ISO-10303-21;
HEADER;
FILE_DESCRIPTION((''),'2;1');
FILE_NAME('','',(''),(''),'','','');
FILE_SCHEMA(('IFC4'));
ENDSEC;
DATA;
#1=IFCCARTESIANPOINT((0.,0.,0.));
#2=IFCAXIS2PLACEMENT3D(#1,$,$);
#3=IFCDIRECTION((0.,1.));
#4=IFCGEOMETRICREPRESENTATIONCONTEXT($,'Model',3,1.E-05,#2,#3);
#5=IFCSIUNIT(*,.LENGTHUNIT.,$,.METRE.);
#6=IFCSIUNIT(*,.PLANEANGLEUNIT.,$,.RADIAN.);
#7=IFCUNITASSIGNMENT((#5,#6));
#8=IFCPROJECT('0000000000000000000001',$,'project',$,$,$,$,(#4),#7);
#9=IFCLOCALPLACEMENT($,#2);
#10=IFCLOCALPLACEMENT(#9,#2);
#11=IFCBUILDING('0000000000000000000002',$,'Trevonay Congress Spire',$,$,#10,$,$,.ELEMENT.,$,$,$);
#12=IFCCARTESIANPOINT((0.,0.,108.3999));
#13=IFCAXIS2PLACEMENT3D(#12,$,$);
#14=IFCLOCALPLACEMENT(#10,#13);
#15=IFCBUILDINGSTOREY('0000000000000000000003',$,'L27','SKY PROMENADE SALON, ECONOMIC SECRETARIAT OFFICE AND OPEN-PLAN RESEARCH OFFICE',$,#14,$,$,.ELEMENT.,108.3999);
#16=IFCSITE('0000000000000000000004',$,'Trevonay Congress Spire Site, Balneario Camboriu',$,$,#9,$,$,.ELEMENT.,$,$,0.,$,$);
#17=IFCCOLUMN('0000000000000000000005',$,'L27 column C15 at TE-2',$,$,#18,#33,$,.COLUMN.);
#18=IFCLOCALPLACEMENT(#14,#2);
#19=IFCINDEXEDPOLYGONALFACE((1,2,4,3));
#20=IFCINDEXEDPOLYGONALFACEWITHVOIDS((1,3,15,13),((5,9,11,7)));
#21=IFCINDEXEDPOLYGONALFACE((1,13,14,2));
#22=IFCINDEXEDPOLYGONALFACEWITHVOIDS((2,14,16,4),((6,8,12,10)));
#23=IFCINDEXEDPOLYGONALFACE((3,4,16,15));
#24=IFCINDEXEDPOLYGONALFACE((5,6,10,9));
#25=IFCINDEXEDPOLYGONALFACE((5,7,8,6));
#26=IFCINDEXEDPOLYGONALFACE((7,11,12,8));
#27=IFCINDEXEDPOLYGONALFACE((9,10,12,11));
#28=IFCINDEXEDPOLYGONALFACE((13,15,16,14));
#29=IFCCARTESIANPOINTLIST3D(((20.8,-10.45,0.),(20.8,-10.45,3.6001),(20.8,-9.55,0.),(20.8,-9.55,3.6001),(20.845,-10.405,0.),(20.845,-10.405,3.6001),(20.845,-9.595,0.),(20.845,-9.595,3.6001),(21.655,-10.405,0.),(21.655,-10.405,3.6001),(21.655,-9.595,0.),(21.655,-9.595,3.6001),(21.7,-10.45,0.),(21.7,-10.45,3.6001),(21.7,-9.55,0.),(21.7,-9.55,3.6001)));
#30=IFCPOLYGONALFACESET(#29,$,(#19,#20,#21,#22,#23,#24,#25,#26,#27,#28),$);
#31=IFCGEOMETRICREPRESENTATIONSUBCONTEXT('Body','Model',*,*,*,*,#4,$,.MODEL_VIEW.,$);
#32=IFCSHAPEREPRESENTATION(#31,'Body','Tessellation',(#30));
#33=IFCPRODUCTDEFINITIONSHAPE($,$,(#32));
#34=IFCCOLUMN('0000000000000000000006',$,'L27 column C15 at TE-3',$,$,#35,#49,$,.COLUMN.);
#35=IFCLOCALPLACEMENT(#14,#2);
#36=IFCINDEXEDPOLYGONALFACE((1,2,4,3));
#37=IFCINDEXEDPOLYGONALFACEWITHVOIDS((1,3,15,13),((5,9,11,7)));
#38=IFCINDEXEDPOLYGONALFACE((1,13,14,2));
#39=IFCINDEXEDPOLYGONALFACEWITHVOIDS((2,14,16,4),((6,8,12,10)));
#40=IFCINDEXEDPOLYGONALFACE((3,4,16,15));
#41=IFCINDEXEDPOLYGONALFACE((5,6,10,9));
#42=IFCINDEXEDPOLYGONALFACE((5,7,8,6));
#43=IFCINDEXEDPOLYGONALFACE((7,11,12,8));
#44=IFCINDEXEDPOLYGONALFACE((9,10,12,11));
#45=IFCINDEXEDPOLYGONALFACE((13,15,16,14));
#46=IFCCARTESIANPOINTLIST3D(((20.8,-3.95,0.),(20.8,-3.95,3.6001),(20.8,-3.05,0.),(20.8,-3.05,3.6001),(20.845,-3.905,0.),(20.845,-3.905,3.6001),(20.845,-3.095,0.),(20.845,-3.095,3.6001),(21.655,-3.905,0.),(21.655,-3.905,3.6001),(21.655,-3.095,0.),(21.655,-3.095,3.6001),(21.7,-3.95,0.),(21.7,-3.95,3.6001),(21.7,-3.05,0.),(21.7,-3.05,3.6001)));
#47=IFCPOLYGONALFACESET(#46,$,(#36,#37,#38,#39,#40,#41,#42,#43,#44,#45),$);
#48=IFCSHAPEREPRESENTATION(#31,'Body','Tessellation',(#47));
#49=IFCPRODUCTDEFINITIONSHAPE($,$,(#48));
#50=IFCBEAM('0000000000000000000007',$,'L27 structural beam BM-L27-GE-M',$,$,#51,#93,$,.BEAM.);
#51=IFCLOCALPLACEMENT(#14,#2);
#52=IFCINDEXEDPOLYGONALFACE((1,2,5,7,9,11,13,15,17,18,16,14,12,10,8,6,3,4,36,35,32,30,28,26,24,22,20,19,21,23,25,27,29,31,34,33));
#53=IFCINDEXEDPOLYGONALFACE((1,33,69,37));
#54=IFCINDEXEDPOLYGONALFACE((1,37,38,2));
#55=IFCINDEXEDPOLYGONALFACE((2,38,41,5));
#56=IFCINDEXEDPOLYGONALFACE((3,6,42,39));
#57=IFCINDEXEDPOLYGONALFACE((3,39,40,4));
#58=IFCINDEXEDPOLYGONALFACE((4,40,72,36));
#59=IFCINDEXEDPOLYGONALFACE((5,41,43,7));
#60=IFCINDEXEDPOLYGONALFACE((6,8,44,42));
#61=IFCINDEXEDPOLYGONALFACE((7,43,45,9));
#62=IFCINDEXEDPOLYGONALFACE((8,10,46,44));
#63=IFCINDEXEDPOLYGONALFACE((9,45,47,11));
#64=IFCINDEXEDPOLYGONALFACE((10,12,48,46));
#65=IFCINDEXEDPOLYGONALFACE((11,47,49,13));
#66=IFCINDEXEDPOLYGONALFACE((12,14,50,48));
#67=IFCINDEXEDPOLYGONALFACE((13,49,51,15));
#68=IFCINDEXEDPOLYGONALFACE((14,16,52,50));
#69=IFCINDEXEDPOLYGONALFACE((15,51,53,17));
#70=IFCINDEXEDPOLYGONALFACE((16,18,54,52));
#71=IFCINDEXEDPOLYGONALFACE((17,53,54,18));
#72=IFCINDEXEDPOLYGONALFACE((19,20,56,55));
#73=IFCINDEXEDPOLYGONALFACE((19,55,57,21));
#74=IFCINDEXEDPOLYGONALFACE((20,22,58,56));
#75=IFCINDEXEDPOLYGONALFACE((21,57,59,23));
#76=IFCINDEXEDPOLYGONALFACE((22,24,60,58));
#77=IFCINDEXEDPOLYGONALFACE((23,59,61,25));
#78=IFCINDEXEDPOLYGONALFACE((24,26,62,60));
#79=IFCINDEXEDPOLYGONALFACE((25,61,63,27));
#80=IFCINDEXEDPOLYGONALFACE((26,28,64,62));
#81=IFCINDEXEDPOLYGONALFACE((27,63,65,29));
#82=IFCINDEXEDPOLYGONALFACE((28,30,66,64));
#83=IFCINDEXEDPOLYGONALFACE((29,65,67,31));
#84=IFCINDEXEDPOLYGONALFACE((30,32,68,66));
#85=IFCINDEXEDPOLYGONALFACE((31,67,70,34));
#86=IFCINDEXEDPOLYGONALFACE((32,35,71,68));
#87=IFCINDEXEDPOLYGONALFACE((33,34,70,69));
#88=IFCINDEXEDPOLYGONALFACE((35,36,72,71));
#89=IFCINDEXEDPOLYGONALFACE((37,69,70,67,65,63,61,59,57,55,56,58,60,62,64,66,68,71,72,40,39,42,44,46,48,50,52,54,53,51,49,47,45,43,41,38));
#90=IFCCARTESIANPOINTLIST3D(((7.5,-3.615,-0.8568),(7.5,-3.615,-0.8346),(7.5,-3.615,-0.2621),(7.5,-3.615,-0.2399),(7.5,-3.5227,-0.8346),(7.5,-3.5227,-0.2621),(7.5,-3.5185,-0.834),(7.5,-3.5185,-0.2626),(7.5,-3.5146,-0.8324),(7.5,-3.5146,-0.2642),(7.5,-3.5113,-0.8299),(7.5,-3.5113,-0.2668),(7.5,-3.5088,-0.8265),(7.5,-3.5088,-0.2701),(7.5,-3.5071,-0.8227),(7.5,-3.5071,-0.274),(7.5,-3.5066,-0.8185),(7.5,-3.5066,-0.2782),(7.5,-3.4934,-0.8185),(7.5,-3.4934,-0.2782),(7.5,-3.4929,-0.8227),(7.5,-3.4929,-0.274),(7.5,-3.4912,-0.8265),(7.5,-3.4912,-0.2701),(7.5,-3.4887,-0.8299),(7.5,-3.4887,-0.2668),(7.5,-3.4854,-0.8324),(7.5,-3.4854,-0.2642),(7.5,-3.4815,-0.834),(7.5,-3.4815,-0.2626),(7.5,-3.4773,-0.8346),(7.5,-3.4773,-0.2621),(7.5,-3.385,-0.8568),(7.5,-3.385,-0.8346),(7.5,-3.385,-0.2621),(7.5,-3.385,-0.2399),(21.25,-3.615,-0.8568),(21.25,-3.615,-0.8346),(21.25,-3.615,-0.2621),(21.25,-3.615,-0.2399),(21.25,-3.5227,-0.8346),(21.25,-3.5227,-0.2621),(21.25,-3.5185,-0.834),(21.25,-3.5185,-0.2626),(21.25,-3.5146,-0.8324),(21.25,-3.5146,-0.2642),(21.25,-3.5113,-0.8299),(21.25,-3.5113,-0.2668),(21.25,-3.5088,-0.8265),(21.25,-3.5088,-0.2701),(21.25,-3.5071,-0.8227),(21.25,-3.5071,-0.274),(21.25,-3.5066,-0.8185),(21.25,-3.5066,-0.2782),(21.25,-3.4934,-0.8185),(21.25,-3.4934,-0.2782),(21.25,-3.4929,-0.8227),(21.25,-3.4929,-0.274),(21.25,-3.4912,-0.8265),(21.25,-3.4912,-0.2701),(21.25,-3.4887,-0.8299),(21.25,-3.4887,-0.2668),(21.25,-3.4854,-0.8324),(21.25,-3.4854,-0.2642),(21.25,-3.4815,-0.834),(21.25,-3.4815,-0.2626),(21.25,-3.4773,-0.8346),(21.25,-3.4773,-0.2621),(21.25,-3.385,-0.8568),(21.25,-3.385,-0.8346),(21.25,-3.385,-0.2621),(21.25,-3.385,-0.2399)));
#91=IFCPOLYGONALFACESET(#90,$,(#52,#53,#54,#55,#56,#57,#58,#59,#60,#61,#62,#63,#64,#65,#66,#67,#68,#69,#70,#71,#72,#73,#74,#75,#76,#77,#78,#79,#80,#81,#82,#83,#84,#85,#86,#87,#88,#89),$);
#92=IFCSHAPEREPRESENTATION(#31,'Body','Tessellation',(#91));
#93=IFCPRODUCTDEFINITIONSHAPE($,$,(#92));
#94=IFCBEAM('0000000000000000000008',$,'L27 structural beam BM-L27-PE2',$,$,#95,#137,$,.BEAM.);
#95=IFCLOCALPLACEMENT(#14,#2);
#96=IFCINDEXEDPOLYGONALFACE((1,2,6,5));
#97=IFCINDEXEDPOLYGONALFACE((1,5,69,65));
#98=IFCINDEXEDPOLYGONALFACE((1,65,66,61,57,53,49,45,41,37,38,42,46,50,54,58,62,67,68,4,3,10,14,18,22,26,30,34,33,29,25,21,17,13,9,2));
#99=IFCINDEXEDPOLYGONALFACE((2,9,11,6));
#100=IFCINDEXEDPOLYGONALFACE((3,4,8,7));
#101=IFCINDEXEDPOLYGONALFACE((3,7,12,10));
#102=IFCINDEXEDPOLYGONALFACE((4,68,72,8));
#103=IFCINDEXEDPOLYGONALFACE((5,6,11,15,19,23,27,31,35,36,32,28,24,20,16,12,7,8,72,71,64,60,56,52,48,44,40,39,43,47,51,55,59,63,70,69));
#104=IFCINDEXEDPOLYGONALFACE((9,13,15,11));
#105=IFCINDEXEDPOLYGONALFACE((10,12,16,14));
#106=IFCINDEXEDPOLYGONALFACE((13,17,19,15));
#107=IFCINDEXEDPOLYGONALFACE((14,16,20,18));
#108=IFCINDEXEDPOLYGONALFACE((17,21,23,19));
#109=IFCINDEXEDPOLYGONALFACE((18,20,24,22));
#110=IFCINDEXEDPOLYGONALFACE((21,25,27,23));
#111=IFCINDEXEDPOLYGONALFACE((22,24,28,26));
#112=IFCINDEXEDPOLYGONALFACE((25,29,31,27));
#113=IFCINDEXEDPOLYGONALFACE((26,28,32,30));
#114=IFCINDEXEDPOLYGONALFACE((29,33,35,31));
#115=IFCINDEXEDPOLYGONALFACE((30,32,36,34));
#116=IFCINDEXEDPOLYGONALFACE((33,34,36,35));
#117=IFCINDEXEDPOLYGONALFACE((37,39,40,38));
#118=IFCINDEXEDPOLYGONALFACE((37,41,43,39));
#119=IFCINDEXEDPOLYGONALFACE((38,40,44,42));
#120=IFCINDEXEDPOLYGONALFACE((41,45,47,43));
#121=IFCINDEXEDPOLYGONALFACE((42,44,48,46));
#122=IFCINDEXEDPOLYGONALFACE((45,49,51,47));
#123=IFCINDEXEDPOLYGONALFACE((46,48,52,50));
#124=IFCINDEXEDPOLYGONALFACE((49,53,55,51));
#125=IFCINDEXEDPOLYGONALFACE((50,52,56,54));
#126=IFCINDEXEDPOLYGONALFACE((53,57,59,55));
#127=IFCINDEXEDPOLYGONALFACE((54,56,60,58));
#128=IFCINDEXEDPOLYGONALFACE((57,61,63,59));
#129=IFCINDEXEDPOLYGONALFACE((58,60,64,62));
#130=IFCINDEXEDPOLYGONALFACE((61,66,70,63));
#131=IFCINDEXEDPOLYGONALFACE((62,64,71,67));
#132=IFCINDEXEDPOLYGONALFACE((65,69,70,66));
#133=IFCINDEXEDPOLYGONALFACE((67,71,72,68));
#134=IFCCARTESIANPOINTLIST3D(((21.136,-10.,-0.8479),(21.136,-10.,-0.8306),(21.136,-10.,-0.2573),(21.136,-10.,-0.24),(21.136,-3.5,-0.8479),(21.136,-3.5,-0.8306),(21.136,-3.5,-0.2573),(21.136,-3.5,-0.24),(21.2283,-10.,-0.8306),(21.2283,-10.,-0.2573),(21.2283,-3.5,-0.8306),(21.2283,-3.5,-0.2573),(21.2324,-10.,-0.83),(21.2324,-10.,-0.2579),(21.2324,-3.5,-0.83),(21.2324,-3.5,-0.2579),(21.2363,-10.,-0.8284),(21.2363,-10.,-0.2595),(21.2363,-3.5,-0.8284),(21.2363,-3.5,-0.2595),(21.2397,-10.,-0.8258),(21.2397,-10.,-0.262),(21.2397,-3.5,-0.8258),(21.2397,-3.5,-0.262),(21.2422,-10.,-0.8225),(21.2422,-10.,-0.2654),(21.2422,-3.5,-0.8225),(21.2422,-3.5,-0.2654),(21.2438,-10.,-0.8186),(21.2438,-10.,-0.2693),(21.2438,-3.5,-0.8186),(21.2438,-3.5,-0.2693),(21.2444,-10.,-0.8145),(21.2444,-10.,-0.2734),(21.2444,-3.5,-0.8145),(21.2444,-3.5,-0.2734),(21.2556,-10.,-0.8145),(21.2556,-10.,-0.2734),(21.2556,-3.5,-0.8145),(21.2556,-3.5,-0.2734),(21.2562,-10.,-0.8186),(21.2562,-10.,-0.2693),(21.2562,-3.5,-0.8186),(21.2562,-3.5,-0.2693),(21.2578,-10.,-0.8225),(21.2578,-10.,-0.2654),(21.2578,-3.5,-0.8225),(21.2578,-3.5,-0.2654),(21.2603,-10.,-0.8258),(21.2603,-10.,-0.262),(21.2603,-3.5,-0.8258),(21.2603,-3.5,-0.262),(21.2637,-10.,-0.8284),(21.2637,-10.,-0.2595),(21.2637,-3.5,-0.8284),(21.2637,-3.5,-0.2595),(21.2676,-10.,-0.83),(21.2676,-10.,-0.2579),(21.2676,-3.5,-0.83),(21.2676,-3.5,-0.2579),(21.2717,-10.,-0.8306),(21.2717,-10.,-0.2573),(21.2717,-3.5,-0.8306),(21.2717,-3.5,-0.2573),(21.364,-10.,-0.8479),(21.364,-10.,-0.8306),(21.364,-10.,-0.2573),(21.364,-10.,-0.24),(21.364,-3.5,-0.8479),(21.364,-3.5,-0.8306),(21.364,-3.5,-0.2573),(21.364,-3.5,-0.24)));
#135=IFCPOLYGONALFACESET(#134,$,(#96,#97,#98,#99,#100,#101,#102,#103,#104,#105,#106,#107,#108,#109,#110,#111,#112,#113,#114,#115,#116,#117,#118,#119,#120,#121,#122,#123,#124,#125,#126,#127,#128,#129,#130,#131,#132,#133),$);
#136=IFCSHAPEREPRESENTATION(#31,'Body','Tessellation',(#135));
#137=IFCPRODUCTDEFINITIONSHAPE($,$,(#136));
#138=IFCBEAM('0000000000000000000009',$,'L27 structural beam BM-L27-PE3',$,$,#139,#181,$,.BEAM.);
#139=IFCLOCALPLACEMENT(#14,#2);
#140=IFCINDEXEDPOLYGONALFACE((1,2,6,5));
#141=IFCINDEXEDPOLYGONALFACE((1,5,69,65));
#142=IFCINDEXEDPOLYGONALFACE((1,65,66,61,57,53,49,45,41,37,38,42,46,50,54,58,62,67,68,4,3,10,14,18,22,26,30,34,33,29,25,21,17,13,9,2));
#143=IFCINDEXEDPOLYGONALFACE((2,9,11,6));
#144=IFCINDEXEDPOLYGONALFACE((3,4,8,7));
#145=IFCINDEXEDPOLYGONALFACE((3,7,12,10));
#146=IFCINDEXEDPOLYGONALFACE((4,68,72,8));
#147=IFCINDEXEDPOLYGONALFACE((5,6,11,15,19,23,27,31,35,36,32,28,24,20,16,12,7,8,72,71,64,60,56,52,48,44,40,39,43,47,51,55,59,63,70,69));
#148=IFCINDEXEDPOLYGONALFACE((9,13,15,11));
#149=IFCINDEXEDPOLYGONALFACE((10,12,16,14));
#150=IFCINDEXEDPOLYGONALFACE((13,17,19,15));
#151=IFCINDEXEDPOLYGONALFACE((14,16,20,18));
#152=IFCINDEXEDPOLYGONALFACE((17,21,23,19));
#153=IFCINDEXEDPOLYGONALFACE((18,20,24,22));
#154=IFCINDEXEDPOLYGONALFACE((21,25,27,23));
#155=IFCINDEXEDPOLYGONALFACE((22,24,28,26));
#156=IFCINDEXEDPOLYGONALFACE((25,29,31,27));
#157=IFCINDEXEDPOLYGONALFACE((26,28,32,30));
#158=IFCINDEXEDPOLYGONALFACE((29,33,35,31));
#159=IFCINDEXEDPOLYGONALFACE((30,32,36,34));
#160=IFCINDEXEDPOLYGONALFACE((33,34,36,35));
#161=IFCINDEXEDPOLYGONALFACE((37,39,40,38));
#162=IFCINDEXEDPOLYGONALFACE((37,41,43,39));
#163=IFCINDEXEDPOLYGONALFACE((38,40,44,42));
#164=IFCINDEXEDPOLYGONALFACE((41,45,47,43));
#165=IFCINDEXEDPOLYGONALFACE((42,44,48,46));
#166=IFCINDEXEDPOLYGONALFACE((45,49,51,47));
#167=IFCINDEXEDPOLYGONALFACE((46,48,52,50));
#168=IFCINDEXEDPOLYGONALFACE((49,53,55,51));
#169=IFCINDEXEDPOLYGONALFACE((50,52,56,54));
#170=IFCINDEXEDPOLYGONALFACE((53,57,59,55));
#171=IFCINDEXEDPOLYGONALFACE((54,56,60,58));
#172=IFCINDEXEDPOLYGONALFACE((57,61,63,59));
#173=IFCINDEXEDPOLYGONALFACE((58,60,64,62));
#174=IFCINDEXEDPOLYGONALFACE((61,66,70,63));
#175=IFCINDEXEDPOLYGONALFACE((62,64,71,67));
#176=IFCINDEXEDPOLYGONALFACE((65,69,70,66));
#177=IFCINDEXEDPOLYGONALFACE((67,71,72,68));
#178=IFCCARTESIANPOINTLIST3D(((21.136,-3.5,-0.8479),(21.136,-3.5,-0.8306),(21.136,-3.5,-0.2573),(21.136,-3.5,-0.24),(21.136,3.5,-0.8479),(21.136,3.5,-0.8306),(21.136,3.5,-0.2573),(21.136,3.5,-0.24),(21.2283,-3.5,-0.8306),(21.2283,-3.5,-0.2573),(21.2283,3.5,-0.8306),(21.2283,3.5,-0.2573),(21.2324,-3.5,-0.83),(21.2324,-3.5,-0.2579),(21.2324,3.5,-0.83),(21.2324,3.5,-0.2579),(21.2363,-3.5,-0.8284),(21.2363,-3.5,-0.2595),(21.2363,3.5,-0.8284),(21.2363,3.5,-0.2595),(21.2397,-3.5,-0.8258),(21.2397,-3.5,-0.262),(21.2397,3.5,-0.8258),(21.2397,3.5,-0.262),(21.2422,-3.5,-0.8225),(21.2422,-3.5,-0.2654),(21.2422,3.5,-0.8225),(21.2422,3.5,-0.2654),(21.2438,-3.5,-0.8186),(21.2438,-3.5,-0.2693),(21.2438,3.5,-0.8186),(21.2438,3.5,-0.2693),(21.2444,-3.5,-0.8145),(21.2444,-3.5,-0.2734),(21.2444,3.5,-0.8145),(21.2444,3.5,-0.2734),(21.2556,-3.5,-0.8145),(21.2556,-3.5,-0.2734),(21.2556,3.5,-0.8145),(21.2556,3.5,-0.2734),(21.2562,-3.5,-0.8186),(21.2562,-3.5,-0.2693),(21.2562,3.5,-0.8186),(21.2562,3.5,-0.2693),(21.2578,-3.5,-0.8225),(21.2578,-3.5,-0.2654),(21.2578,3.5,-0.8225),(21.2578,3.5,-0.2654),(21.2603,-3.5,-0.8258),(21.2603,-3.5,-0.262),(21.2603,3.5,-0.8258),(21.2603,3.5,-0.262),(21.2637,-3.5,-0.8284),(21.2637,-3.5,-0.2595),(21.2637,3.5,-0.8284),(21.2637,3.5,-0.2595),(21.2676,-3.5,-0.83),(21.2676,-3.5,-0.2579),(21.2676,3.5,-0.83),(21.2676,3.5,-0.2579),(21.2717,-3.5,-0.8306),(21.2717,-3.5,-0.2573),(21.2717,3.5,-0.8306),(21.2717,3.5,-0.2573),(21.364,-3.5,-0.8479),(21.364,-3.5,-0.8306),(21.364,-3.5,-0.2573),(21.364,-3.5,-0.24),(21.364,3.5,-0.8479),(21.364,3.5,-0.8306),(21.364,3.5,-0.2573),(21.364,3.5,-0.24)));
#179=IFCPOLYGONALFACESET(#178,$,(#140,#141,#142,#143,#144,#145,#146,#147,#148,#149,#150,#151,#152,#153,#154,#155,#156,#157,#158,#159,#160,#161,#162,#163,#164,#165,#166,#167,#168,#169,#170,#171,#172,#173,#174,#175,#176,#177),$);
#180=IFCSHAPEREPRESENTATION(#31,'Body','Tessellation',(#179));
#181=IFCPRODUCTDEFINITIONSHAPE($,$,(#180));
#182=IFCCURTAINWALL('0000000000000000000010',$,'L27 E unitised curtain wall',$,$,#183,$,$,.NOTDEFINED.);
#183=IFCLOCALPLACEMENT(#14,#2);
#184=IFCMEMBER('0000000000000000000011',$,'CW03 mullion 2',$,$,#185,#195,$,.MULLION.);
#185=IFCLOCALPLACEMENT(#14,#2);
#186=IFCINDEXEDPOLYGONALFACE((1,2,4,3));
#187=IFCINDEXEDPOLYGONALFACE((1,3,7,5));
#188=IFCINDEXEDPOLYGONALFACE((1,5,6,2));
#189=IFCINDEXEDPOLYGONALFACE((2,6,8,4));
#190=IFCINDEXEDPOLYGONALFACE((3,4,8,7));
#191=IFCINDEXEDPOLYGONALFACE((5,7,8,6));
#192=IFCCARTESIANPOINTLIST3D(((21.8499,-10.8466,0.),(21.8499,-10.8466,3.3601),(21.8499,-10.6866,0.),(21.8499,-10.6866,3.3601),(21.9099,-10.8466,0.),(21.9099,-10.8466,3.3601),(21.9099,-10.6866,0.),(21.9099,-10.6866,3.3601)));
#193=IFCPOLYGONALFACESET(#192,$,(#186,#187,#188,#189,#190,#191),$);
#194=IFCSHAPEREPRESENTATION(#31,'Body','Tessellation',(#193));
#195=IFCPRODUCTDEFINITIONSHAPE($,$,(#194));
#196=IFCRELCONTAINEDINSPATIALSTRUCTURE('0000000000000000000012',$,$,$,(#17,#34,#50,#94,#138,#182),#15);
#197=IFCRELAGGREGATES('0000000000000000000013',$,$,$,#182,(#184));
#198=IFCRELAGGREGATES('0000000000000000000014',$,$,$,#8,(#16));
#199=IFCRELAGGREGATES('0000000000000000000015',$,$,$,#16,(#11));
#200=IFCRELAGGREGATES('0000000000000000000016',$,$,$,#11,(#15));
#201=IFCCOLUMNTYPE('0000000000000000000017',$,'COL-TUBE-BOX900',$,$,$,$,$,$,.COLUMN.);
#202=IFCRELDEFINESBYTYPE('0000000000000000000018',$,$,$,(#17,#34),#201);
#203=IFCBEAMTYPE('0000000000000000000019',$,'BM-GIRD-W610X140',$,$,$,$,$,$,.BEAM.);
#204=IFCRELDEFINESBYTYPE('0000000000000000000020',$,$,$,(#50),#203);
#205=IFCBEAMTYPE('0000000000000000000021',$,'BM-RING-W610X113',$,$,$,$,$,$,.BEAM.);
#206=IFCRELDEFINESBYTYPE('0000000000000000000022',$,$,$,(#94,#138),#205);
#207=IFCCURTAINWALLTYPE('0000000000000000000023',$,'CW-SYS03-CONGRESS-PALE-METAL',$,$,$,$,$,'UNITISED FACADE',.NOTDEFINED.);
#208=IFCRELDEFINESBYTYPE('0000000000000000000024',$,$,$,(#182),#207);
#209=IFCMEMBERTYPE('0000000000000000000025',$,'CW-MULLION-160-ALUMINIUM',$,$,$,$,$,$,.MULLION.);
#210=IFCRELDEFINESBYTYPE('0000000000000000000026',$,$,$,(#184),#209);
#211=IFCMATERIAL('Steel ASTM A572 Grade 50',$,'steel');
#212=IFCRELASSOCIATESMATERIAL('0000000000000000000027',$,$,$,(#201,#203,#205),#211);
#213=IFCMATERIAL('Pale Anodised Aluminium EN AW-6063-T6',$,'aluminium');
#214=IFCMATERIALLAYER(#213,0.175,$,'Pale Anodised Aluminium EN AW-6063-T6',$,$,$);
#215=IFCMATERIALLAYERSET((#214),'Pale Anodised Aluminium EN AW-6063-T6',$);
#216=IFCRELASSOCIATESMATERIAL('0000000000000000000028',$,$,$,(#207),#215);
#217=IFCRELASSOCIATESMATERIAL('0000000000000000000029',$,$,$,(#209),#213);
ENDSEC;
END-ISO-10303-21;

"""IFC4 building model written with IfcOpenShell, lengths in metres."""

from ifc_helpers import new_model, si_unit, direction, frame, origin, origin_2d, place, context, subcontext, project, spatial, rectangle, hollow_rectangle, i_section, extrude, material, layer, layer_set, material_profile, profile_set, type_object, element, aggregate, save


model = new_model("IFC4")

# Units and contexts
model_context = context("Model", 3, precision=1e-05, world=origin(), true_north=direction((0.0, 1.0)))
body_context = subcontext(model_context, "Body", "Model", "MODEL_VIEW")
ifc_project = project(units=[si_unit("LENGTHUNIT", "METRE"), si_unit("PLANEANGLEUNIT", "RADIAN")], contexts=[model_context])

# Site, building, storey
site_placement = place(None, origin())
site = spatial("IfcSite", under=ifc_project, at=site_placement, Name="Trevonay Congress Spire Site, Balneario Camboriu", CompositionType="ELEMENT", RefElevation=0.0)
building_placement = place(site_placement, origin())
building = spatial("IfcBuilding", under=site, at=building_placement, Name="Trevonay Congress Spire", CompositionType="ELEMENT")
storey_placement = place(building_placement, frame((0.0, 0.0, 108.3999)))
storey = spatial("IfcBuildingStorey", under=building, at=storey_placement, Name="L27", Description="SKY PROMENADE SALON, ECONOMIC SECRETARIAT OFFICE AND OPEN-PLAN RESEARCH OFFICE", CompositionType="ELEMENT", Elevation=108.3999)

# Columns
ifc_material_1 = material(Name="Steel ASTM A572 Grade 50", Category="steel")
ifc_material_profile_1 = material_profile(ifc_material_1, hollow_rectangle(XDim=0.8999, YDim=0.8999, WallThickness=0.0449, at=origin_2d()), Name="BOX 900x900x45")
ifc_profile_set_1 = profile_set([ifc_material_profile_1], Name="Steel ASTM A572 Grade 50")
column_type = type_object("IfcColumnType", Name="COL-TUBE-BOX900", PredefinedType="COLUMN", material=ifc_profile_set_1)
for number, where, z_axis, x_axis, name in (
    (1, (21.25, -10.0, 0.0), (0.0, 0.0, 1.0), (1.0, 0.0, 0.0), "L27 column C15 at TE-2"),
    (2, (21.25, -3.5, 0.0), (0.0, 0.0, 1.0), (1.0, 0.0, 0.0), "L27 column C15 at TE-3"),
):
    element("IfcColumn", number, at=place(storey_placement, frame(where, z_axis=z_axis, x_axis=x_axis)), inside=storey, type_object=column_type, Name=name, PredefinedType="COLUMN", context=body_context, shape_type="SweptSolid", body=[
        extrude(hollow_rectangle(XDim=0.8999, YDim=0.8999, WallThickness=0.0449, at=origin_2d()), origin(), (0.0, 0.0, 1.0), 3.6001),
    ])

# Beams
ifc_material_profile_2 = material_profile(ifc_material_1, i_section(OverallWidth=0.23, OverallDepth=0.6169, WebThickness=0.0132, FlangeThickness=0.0222, FilletRadius=0.0161, at=origin_2d()), Name="W610x140")
ifc_profile_set_2 = profile_set([ifc_material_profile_2], Name="Steel ASTM A572 Grade 50")
beam_type_1 = type_object("IfcBeamType", Name="BM-GIRD-W610X140", PredefinedType="BEAM", material=ifc_profile_set_2)
beam_1_placement = place(storey_placement, frame((7.5, -3.5, -0.5483), z_axis=(1.0, 0.0, 0.0), x_axis=(0.0, 1.0, 0.0)))
element("IfcBeam", 3, at=beam_1_placement, inside=storey, type_object=beam_type_1, Name="L27 structural beam BM-L27-GE-M", PredefinedType="BEAM", context=body_context, shape_type="SweptSolid", body=[
    extrude(i_section(OverallWidth=0.23, OverallDepth=0.6169, WebThickness=0.0132, FlangeThickness=0.0222, FilletRadius=0.0161, at=origin_2d()), origin(), (0.0, 0.0, 1.0), 13.75),
])
ifc_material_profile_3 = material_profile(ifc_material_1, i_section(OverallWidth=0.228, OverallDepth=0.6079, WebThickness=0.0112, FlangeThickness=0.0173, FilletRadius=0.0161, at=origin_2d()), Name="W610x113")
ifc_profile_set_3 = profile_set([ifc_material_profile_3], Name="Steel ASTM A572 Grade 50")
beam_type_2 = type_object("IfcBeamType", Name="BM-RING-W610X113", PredefinedType="BEAM", material=ifc_profile_set_3)
beam_2_placement = place(storey_placement, frame((21.25, -10.0, -0.5439), z_axis=(0.0, 1.0, 0.0), x_axis=(-1.0, 0.0, 0.0)))
element("IfcBeam", 4, at=beam_2_placement, inside=storey, type_object=beam_type_2, Name="L27 structural beam BM-L27-PE2", PredefinedType="BEAM", context=body_context, shape_type="SweptSolid", body=[
    extrude(i_section(OverallWidth=0.228, OverallDepth=0.6079, WebThickness=0.0112, FlangeThickness=0.0173, FilletRadius=0.0161, at=origin_2d()), origin(), (0.0, 0.0, 1.0), 6.5),
])
beam_3_placement = place(storey_placement, frame((21.25, -3.5, -0.5439), z_axis=(0.0, 1.0, 0.0), x_axis=(-1.0, 0.0, 0.0)))
element("IfcBeam", 5, at=beam_3_placement, inside=storey, type_object=beam_type_2, Name="L27 structural beam BM-L27-PE3", PredefinedType="BEAM", context=body_context, shape_type="SweptSolid", body=[
    extrude(i_section(OverallWidth=0.228, OverallDepth=0.6079, WebThickness=0.0112, FlangeThickness=0.0173, FilletRadius=0.0161, at=origin_2d()), origin(), (0.0, 0.0, 1.0), 7.0),
])

# Curtain wall, member
ifc_material_2 = material(Name="Pale Anodised Aluminium EN AW-6063-T6", Category="aluminium")
ifc_layer_1 = layer(ifc_material_2, 0.175, Name="Pale Anodised Aluminium EN AW-6063-T6")
ifc_layer_set_1 = layer_set([ifc_layer_1], Name="Pale Anodised Aluminium EN AW-6063-T6")
curtain_wall_type = type_object("IfcCurtainWallType", Name="CW-SYS03-CONGRESS-PALE-METAL", ElementType="UNITISED FACADE", PredefinedType="NOTDEFINED", material=ifc_layer_set_1)
curtain_wall_placement = place(storey_placement, origin())
curtain_wall = element("IfcCurtainWall", 6, at=curtain_wall_placement, inside=storey, type_object=curtain_wall_type, Name="L27 E unitised curtain wall", PredefinedType="NOTDEFINED")
ifc_material_profile_4 = material_profile(ifc_material_2, rectangle(XDim=0.0601, YDim=0.1599, at=origin_2d()), Name="CW-MULLION-160-ALUMINIUM")
ifc_profile_set_4 = profile_set([ifc_material_profile_4], Name="Pale Anodised Aluminium EN AW-6063-T6")
member_type_1 = type_object("IfcMemberType", Name="CW-MULLION-160-ALUMINIUM", PredefinedType="MULLION", material=ifc_profile_set_4)
member_1_placement = place(storey_placement, frame((21.8799, -10.7666, 0.0), z_axis=(0.0, 0.0, 1.0), x_axis=(-1.0, 0.0, 0.0)))
member_1 = element("IfcMember", 7, at=member_1_placement, type_object=member_type_1, Name="CW03 mullion 2", PredefinedType="MULLION", context=body_context, shape_type="SweptSolid", body=[
    extrude(rectangle(XDim=0.0601, YDim=0.1599, at=origin_2d()), origin(), (0.0, 0.0, 1.0), 3.3601),
])
aggregate(curtain_wall, [member_1])

save(model, "model.ifc")
